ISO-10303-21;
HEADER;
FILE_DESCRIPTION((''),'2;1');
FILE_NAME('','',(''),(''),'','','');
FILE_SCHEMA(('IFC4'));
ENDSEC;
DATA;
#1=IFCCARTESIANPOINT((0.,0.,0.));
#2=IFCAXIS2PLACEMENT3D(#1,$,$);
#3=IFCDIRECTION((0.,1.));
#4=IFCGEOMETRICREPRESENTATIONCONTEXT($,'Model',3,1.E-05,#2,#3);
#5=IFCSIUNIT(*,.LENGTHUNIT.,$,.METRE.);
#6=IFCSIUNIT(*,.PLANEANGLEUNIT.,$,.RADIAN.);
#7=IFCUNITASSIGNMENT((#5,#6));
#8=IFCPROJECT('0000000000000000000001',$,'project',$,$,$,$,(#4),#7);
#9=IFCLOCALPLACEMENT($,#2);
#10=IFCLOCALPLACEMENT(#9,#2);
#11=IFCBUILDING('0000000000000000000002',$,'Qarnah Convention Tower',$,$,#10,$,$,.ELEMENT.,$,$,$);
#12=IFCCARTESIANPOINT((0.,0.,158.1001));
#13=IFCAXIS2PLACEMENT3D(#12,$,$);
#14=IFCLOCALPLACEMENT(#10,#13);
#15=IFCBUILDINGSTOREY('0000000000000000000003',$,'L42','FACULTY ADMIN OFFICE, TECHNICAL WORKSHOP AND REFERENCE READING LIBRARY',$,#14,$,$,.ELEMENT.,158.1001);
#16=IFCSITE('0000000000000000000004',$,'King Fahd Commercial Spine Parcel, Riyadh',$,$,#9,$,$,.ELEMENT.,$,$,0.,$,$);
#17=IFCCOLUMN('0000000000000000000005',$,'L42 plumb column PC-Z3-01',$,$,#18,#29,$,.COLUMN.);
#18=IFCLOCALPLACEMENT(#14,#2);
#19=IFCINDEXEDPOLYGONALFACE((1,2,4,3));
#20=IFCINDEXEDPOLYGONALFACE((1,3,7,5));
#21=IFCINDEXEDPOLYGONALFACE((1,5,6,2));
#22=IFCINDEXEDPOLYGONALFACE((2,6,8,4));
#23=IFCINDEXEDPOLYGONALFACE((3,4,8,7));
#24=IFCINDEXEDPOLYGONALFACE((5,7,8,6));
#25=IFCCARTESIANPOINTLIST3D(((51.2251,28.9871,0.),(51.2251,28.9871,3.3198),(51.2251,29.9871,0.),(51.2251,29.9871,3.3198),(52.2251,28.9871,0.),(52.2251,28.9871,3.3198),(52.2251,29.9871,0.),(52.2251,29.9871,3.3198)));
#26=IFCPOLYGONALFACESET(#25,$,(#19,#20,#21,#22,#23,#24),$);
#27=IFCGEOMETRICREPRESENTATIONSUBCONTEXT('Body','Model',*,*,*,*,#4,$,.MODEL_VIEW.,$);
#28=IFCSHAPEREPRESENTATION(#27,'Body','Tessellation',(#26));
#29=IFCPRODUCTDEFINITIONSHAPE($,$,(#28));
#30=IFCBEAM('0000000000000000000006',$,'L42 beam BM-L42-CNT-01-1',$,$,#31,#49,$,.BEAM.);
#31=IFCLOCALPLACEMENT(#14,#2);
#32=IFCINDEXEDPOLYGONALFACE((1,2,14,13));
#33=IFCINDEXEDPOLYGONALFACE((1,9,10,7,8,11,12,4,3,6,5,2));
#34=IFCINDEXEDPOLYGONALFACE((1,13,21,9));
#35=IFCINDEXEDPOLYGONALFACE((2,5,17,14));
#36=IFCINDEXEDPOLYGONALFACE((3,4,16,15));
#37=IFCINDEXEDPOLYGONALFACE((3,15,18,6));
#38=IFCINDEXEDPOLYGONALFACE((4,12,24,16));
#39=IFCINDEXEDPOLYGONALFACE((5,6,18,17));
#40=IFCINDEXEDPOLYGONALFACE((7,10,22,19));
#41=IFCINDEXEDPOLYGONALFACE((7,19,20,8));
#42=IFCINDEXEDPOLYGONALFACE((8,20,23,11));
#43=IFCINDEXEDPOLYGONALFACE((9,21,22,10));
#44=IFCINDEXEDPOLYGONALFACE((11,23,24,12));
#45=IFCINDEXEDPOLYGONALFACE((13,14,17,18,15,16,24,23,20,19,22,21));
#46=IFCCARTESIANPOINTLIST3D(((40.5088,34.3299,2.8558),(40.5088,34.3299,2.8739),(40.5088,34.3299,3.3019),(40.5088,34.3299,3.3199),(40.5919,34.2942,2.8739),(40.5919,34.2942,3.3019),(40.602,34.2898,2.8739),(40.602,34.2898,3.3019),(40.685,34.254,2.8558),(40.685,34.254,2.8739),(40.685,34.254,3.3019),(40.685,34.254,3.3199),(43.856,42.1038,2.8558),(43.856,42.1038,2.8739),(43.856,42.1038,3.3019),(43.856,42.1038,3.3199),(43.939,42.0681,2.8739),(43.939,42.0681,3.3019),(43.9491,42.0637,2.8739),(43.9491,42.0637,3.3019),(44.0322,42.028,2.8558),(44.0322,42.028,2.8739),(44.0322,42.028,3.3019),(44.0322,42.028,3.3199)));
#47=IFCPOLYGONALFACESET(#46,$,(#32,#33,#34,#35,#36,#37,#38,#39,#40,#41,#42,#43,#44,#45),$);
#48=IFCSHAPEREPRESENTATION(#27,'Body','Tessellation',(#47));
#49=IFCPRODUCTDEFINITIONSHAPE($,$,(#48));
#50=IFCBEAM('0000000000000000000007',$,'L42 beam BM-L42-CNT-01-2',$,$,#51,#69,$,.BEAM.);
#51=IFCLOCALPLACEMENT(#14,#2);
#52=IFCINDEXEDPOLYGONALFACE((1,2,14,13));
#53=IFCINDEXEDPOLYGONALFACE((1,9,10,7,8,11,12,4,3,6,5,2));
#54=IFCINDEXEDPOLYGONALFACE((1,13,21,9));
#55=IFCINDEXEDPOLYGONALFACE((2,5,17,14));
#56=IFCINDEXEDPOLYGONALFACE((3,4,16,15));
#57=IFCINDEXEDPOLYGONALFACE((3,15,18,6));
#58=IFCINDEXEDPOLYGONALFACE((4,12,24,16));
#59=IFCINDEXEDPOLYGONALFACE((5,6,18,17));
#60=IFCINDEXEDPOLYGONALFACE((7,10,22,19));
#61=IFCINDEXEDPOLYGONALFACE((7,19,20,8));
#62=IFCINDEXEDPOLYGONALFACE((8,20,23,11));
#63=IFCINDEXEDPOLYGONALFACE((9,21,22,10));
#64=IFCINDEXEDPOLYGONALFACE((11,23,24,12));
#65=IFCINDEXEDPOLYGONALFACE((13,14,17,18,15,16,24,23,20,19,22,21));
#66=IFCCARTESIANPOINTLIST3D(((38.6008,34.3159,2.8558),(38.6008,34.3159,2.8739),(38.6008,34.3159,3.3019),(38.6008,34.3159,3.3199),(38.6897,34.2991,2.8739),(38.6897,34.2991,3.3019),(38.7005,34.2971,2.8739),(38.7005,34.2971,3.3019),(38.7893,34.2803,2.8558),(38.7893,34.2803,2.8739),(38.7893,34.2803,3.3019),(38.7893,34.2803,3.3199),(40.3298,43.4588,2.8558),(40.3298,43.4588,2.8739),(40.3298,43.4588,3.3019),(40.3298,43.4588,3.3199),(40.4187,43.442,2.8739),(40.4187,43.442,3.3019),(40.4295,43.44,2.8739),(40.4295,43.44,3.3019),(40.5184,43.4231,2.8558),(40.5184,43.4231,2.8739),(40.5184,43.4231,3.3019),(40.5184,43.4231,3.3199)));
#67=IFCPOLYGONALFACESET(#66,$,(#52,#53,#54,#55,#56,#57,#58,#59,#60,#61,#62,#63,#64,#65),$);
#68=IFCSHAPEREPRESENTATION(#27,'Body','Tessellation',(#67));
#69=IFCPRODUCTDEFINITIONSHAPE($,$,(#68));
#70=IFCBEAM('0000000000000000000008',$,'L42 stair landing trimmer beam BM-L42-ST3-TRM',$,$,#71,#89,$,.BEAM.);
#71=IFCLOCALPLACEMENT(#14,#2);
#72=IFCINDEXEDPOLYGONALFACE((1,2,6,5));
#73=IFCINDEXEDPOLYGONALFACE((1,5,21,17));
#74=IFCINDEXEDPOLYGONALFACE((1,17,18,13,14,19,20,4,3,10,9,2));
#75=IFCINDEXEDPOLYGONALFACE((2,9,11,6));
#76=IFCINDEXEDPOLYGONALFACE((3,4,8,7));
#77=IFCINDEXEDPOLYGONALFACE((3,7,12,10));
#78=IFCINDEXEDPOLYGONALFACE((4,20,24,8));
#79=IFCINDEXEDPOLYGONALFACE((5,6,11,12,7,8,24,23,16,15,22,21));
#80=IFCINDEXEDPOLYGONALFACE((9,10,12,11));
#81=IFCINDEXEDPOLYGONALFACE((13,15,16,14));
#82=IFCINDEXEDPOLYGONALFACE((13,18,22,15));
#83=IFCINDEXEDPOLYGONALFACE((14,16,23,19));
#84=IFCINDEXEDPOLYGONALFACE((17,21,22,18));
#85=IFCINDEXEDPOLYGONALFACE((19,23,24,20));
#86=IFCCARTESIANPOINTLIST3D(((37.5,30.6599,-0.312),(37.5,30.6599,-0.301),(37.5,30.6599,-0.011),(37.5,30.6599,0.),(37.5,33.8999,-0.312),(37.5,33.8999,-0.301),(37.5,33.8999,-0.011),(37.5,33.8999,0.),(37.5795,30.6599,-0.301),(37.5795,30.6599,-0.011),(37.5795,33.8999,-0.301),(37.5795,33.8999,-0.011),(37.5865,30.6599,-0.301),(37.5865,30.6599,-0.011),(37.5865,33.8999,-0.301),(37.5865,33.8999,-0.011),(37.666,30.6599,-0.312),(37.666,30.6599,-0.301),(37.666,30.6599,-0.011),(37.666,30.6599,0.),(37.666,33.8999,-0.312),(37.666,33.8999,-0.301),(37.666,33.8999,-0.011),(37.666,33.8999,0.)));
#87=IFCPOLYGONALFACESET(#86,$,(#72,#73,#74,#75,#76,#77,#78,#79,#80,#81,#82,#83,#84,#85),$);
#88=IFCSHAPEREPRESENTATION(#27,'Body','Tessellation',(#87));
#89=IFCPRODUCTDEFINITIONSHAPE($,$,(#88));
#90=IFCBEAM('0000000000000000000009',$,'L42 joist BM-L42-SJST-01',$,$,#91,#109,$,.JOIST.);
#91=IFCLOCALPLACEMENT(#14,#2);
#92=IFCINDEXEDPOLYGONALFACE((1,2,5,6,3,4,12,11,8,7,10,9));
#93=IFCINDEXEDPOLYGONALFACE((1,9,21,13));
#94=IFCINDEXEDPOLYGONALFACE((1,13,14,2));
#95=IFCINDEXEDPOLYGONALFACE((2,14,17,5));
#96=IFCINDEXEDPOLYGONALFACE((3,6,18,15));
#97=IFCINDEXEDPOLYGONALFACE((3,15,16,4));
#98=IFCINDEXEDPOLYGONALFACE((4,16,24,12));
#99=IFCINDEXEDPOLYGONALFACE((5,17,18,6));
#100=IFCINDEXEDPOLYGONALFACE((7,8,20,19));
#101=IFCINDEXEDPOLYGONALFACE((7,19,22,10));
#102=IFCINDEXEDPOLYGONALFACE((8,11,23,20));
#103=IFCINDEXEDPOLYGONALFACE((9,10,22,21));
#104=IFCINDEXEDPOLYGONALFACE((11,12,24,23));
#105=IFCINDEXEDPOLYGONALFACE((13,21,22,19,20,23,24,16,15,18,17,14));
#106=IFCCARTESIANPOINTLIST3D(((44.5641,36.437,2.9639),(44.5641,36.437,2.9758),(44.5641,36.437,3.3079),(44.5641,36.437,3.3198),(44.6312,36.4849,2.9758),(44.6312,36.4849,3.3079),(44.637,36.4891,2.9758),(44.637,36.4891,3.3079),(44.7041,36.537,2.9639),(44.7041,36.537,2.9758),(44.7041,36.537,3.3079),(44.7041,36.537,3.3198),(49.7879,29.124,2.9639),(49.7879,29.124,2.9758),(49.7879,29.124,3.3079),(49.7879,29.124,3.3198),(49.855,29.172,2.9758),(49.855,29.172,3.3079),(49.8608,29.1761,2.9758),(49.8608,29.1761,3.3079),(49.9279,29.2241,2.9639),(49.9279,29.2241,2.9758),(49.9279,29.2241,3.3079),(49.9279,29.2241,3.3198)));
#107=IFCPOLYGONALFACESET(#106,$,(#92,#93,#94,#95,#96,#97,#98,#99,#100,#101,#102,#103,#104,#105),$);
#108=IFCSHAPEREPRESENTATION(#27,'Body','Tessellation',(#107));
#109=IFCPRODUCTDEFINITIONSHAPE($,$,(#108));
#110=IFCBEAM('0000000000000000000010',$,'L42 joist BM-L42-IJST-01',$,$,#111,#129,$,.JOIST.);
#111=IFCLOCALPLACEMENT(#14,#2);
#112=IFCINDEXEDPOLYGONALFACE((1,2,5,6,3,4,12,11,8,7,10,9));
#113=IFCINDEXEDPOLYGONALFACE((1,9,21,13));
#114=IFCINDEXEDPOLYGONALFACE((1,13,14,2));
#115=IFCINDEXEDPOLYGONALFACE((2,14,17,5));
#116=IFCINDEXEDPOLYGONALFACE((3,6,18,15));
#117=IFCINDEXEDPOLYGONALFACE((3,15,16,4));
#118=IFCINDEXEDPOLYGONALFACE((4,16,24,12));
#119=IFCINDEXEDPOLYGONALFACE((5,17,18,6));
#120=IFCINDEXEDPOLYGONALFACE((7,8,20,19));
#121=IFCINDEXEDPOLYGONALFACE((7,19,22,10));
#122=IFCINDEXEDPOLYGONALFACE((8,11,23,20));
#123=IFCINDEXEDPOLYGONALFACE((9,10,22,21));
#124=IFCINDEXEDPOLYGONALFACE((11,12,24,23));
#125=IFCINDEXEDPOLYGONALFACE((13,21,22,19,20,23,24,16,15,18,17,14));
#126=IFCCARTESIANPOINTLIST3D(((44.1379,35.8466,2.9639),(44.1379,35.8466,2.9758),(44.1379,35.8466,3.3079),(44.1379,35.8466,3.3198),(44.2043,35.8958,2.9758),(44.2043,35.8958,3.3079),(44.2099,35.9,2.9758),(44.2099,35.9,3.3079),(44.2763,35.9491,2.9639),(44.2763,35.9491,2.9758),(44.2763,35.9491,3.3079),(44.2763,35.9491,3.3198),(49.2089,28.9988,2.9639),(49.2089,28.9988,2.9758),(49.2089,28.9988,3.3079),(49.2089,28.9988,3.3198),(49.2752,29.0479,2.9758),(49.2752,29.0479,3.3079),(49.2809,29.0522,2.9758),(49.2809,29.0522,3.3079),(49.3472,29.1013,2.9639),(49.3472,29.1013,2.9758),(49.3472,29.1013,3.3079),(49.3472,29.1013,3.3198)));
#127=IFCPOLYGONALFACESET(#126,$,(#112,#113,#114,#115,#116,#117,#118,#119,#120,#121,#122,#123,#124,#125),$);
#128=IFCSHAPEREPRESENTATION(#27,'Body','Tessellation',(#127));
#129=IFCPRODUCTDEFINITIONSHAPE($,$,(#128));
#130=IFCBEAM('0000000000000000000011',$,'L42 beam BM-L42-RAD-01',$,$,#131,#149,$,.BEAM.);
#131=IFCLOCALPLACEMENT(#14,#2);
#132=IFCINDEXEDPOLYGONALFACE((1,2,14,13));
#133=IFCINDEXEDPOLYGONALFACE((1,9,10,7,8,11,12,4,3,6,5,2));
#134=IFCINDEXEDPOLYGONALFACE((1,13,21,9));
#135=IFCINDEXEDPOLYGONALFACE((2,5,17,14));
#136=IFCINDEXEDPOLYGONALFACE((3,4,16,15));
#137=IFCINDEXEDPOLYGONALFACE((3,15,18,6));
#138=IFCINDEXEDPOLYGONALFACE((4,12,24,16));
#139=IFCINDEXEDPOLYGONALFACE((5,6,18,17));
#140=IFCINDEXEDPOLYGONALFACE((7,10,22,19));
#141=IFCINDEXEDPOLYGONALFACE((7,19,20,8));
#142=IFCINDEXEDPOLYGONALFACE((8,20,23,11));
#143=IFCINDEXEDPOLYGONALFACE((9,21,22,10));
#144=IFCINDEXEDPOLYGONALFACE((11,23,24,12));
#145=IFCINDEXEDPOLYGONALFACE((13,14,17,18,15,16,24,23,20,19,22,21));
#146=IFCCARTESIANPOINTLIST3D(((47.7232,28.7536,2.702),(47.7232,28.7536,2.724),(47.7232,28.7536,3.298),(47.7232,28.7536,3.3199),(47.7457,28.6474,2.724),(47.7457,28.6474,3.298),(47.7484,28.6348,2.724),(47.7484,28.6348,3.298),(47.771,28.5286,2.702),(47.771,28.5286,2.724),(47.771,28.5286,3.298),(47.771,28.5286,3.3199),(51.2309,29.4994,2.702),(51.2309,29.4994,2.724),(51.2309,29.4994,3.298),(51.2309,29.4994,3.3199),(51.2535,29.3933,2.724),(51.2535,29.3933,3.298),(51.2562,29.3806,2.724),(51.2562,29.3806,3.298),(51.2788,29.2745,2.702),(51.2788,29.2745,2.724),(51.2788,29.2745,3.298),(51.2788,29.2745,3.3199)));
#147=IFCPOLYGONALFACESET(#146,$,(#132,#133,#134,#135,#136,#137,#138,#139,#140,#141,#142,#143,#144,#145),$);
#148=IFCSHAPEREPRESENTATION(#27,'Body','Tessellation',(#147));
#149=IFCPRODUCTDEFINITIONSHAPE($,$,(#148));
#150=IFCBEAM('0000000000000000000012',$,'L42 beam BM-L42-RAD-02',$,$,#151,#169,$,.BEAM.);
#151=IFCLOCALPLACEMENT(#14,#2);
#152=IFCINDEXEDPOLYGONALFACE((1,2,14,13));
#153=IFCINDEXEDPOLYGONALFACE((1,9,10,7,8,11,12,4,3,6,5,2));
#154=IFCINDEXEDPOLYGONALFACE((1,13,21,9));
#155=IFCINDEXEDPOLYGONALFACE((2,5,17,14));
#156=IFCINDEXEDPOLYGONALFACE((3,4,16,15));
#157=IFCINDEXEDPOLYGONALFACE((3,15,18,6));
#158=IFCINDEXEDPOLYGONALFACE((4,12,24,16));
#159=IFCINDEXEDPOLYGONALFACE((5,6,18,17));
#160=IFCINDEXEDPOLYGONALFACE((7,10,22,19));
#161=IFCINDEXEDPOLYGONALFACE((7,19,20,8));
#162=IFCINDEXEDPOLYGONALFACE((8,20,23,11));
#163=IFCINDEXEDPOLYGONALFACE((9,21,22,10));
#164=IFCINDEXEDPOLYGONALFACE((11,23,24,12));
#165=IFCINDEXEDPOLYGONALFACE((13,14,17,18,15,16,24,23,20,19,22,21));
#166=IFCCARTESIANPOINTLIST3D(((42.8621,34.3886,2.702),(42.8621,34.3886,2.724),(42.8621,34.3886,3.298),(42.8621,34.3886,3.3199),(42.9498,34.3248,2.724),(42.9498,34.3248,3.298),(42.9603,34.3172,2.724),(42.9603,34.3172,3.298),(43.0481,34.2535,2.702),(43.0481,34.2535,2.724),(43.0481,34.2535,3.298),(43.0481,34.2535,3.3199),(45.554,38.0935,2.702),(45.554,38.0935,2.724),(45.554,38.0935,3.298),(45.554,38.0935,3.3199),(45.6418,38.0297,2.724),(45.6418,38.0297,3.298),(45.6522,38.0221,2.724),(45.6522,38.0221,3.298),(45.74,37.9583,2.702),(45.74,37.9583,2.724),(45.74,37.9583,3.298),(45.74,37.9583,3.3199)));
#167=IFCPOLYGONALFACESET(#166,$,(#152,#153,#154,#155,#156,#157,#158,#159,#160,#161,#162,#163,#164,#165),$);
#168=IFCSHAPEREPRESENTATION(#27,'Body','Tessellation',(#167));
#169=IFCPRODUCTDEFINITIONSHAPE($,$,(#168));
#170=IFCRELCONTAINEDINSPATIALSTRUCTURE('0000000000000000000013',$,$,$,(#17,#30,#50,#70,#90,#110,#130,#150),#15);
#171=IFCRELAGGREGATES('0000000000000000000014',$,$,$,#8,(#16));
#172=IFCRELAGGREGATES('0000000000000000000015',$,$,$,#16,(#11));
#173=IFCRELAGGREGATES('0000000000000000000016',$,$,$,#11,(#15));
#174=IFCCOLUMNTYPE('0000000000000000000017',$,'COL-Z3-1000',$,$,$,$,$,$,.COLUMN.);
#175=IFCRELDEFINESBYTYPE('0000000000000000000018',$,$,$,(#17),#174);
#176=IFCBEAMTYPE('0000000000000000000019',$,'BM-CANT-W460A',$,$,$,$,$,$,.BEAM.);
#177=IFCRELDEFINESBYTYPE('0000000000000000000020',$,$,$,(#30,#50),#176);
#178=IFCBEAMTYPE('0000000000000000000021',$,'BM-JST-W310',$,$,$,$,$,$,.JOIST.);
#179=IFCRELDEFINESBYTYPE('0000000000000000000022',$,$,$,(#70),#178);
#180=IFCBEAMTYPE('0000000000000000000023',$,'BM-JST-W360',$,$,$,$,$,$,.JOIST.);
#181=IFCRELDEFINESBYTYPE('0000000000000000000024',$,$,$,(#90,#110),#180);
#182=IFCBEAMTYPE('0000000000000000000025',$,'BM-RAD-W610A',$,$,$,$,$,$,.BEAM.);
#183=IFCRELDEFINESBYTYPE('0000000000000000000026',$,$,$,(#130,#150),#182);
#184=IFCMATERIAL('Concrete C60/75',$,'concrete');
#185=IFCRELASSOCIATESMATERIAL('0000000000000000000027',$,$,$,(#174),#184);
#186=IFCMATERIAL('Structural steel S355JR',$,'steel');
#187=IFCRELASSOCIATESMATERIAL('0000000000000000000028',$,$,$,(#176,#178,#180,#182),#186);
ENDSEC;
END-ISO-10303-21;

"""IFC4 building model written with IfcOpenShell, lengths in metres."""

from ifc_helpers import new_model, si_unit, direction, frame, origin, origin_2d, place, context, subcontext, project, spatial, rectangle, i_section, extrude, material, material_profile, profile_set, type_object, element, save


model = new_model("IFC4")

# Units and contexts
model_context = context("Model", 3, precision=1e-05, world=origin(), true_north=direction((0.0, 1.0)))
body_context = subcontext(model_context, "Body", "Model", "MODEL_VIEW")
ifc_project = project(units=[si_unit("LENGTHUNIT", "METRE"), si_unit("PLANEANGLEUNIT", "RADIAN")], contexts=[model_context])

# Site, building, storey
site_placement = place(None, origin())
site = spatial("IfcSite", under=ifc_project, at=site_placement, Name="King Fahd Commercial Spine Parcel, Riyadh", CompositionType="ELEMENT", RefElevation=0.0)
building_placement = place(site_placement, origin())
building = spatial("IfcBuilding", under=site, at=building_placement, Name="Qarnah Convention Tower", CompositionType="ELEMENT")
storey_placement = place(building_placement, frame((0.0, 0.0, 158.1001)))
storey = spatial("IfcBuildingStorey", under=building, at=storey_placement, Name="L42", Description="FACULTY ADMIN OFFICE, TECHNICAL WORKSHOP AND REFERENCE READING LIBRARY", CompositionType="ELEMENT", Elevation=158.1001)

# Column
ifc_material_1 = material(Name="Concrete C60/75", Category="concrete")
ifc_material_profile_1 = material_profile(ifc_material_1, rectangle(XDim=1.0, YDim=1.0, at=origin_2d()), Name="RC-COL-1000X1000")
ifc_profile_set_1 = profile_set([ifc_material_profile_1], Name="Concrete C60/75")
column_type = type_object("IfcColumnType", Name="COL-Z3-1000", PredefinedType="COLUMN", material=ifc_profile_set_1)
column_placement = place(storey_placement, frame((51.7251, 29.4871, 0.0), z_axis=(0.0, 0.0, 1.0), x_axis=(1.0, 0.0, 0.0)))
element("IfcColumn", 1, at=column_placement, inside=storey, type_object=column_type, Name="L42 plumb column PC-Z3-01", PredefinedType="COLUMN", context=body_context, shape_type="SweptSolid", body=[
    extrude(rectangle(XDim=1.0, YDim=1.0, at=origin_2d()), origin(), (0.0, 0.0, 1.0), 3.3198),
])

# Beams
ifc_material_2 = material(Name="Structural steel S355JR", Category="steel")
ifc_material_profile_2 = material_profile(ifc_material_2, i_section(OverallWidth=0.1919, OverallDepth=0.4641, WebThickness=0.011, FlangeThickness=0.0181, at=origin_2d()), Name="W460X89")
ifc_profile_set_2 = profile_set([ifc_material_profile_2], Name="Structural steel S355JR")
beam_type_1 = type_object("IfcBeamType", Name="BM-CANT-W460A", PredefinedType="BEAM", material=ifc_profile_set_2)
beam_1_placement = place(storey_placement, frame((40.5969, 34.292, 3.0879), z_axis=(0.395464, 0.918481, 0.0), x_axis=(-0.918481, 0.395464, 0.0)))
element("IfcBeam", 2, at=beam_1_placement, inside=storey, type_object=beam_type_1, Name="L42 beam BM-L42-CNT-01-1", PredefinedType="BEAM", context=body_context, shape_type="SweptSolid", body=[
    extrude(i_section(OverallWidth=0.1919, OverallDepth=0.4641, WebThickness=0.011, FlangeThickness=0.0181, at=origin_2d()), origin(), (0.0, 0.0, 1.0), 8.4639),
])
beam_2_placement = place(storey_placement, frame((38.6951, 34.2981, 3.0879), z_axis=(0.185817, 0.982584, 0.0), x_axis=(-0.982584, 0.185817, 0.0)))
element("IfcBeam", 3, at=beam_2_placement, inside=storey, type_object=beam_type_1, Name="L42 beam BM-L42-CNT-01-2", PredefinedType="BEAM", context=body_context, shape_type="SweptSolid", body=[
    extrude(i_section(OverallWidth=0.1919, OverallDepth=0.4641, WebThickness=0.011, FlangeThickness=0.0181, at=origin_2d()), origin(), (0.0, 0.0, 1.0), 9.3049),
])
ifc_material_profile_3 = material_profile(ifc_material_2, i_section(OverallWidth=0.166, OverallDepth=0.312, WebThickness=0.0071, FlangeThickness=0.011, at=origin_2d()), Name="W310X45")
ifc_profile_set_3 = profile_set([ifc_material_profile_3], Name="Structural steel S355JR")
beam_type_2 = type_object("IfcBeamType", Name="BM-JST-W310", PredefinedType="JOIST", material=ifc_profile_set_3)
beam_3_placement = place(storey_placement, frame((37.583, 30.6599, -0.156), z_axis=(0.0, 1.0, 0.0), x_axis=(-1.0, 0.0, 0.0)))
element("IfcBeam", 4, at=beam_3_placement, inside=storey, type_object=beam_type_2, Name="L42 stair landing trimmer beam BM-L42-ST3-TRM", PredefinedType="BEAM", context=body_context, shape_type="SweptSolid", body=[
    extrude(i_section(OverallWidth=0.166, OverallDepth=0.312, WebThickness=0.0071, FlangeThickness=0.011, at=origin_2d()), origin(), (0.0, 0.0, 1.0), 3.24),
])
ifc_material_profile_4 = material_profile(ifc_material_2, i_section(OverallWidth=0.1721, OverallDepth=0.356, WebThickness=0.0071, FlangeThickness=0.012, at=origin_2d()), Name="W360X51")
ifc_profile_set_4 = profile_set([ifc_material_profile_4], Name="Structural steel S355JR")
beam_type_3 = type_object("IfcBeamType", Name="BM-JST-W360", PredefinedType="JOIST", material=ifc_profile_set_4)
beam_4_placement = place(storey_placement, frame((49.8579, 29.1741, 3.1418), z_axis=(-0.581261, 0.813717, 0.0), x_axis=(-0.813717, -0.581261, 0.0)))
element("IfcBeam", 5, at=beam_4_placement, inside=storey, type_object=beam_type_3, Name="L42 joist BM-L42-SJST-01", PredefinedType="JOIST", context=body_context, shape_type="SweptSolid", body=[
    extrude(i_section(OverallWidth=0.1721, OverallDepth=0.356, WebThickness=0.0071, FlangeThickness=0.012, at=origin_2d()), origin(), (0.0, 0.0, 1.0), 8.9871),
])
beam_5_placement = place(storey_placement, frame((49.2781, 29.05, 3.1418), z_axis=(-0.595116, 0.80364, 0.0), x_axis=(-0.80364, -0.595116, 0.0)))
element("IfcBeam", 6, at=beam_5_placement, inside=storey, type_object=beam_type_3, Name="L42 joist BM-L42-IJST-01", PredefinedType="JOIST", context=body_context, shape_type="SweptSolid", body=[
    extrude(i_section(OverallWidth=0.1721, OverallDepth=0.356, WebThickness=0.0071, FlangeThickness=0.012, at=origin_2d()), origin(), (0.0, 0.0, 1.0), 8.521),
])
ifc_material_profile_5 = material_profile(ifc_material_2, i_section(OverallWidth=0.23, OverallDepth=0.6179, WebThickness=0.0129, FlangeThickness=0.022, at=origin_2d()), Name="W610X140")
ifc_profile_set_5 = profile_set([ifc_material_profile_5], Name="Structural steel S355JR")
beam_type_4 = type_object("IfcBeamType", Name="BM-RAD-W610A", PredefinedType="BEAM", material=ifc_profile_set_5)
beam_6_placement = place(storey_placement, frame((47.7471, 28.6411, 3.011), z_axis=(0.978134, 0.207976, 0.0), x_axis=(-0.207976, 0.978134, 0.0)))
element("IfcBeam", 7, at=beam_6_placement, inside=storey, type_object=beam_type_4, Name="L42 beam BM-L42-RAD-01", PredefinedType="BEAM", context=body_context, shape_type="SweptSolid", body=[
    extrude(i_section(OverallWidth=0.23, OverallDepth=0.6179, WebThickness=0.0129, FlangeThickness=0.022, at=origin_2d()), origin(), (0.0, 0.0, 1.0), 3.5862),
])
beam_7_placement = place(storey_placement, frame((42.9551, 34.321, 3.011), z_axis=(0.58781, 0.808999, 0.0), x_axis=(-0.808999, 0.58781, 0.0)))
element("IfcBeam", 8, at=beam_7_placement, inside=storey, type_object=beam_type_4, Name="L42 beam BM-L42-RAD-02", PredefinedType="BEAM", context=body_context, shape_type="SweptSolid", body=[
    extrude(i_section(OverallWidth=0.23, OverallDepth=0.6179, WebThickness=0.0129, FlangeThickness=0.022, at=origin_2d()), origin(), (0.0, 0.0, 1.0), 4.5796),
])

save(model, "model.ifc")
